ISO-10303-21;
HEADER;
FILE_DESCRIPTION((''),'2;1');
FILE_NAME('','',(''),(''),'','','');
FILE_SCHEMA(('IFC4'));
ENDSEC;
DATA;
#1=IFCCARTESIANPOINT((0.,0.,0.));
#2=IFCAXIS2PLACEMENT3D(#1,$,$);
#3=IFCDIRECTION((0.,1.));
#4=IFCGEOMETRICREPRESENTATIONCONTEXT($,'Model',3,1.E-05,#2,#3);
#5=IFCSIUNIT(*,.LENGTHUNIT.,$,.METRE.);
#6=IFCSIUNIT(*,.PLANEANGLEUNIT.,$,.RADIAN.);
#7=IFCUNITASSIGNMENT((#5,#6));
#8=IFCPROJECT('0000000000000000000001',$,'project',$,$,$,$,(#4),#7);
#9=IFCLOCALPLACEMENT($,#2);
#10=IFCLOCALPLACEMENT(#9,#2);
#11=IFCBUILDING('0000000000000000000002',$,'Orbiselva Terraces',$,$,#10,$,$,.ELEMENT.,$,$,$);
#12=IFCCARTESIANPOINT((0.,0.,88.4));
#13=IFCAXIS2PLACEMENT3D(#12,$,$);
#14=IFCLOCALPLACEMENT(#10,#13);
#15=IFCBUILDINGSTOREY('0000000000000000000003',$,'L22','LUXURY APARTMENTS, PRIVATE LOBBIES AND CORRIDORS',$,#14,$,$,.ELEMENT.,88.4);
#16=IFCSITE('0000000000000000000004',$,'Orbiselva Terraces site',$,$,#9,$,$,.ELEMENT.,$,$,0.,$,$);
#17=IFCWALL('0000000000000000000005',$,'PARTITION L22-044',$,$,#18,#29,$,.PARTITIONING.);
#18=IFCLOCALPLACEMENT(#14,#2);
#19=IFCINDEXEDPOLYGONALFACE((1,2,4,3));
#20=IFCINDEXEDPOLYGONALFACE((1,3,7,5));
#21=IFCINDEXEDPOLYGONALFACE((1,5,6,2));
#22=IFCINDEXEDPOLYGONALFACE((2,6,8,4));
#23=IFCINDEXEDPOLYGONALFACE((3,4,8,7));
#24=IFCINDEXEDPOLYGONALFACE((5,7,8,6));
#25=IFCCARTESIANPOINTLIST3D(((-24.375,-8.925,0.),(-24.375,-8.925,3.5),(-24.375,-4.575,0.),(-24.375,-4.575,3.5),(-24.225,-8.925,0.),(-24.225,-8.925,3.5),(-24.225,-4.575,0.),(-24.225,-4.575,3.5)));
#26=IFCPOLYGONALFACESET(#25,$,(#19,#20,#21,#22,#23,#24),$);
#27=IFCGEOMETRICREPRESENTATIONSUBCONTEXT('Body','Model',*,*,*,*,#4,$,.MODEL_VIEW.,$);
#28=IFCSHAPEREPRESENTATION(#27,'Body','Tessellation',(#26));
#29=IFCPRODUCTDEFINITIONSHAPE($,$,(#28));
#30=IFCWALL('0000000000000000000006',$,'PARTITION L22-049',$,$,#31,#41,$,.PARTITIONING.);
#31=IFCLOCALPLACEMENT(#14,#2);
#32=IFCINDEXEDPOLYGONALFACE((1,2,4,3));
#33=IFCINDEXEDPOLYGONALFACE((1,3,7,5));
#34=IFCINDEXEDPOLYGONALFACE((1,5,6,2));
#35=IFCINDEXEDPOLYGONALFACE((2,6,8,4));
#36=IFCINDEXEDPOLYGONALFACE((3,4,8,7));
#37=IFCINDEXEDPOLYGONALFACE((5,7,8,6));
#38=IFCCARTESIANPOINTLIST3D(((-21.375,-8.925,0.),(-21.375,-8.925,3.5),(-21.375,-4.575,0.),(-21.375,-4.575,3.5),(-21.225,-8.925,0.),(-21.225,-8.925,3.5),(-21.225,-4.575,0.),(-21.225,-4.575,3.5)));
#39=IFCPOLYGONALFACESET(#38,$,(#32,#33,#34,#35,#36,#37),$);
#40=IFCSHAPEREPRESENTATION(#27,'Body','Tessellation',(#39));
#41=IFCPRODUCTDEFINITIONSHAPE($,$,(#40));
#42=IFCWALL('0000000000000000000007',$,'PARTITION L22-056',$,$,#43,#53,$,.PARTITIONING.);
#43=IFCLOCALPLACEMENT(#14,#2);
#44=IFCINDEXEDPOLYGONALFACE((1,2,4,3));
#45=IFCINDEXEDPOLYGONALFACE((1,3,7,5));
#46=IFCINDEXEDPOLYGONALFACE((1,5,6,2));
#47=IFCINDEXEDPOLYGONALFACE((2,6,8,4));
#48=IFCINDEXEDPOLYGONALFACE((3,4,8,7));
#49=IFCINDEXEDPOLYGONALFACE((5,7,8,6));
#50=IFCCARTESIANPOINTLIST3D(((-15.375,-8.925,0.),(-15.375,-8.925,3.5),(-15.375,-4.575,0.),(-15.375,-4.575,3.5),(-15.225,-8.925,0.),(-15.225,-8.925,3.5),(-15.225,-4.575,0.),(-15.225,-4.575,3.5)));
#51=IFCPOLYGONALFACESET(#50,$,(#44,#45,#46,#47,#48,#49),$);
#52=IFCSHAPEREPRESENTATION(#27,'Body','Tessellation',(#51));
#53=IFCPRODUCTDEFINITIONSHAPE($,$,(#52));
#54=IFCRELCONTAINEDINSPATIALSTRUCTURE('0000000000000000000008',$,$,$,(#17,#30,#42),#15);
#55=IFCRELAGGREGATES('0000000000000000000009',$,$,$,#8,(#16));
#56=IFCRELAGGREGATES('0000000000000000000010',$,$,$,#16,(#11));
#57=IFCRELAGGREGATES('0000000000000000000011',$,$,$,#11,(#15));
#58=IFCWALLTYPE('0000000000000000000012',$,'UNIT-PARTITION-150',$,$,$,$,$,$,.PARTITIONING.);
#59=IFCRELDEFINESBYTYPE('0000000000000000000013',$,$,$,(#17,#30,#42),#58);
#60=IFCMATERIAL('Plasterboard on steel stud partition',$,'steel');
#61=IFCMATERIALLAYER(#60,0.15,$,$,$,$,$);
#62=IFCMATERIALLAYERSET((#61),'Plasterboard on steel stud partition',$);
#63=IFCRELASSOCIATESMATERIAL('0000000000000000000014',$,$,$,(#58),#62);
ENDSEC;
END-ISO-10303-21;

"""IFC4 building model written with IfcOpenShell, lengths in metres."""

from ifc_helpers import new_model, si_unit, direction, frame, frame_2d, origin, place, context, subcontext, project, spatial, rectangle, extrude, material, layer, layer_set, type_object, element, save


model = new_model("IFC4")

# Units and contexts
model_context = context("Model", 3, precision=1e-05, world=origin(), true_north=direction((0.0, 1.0)))
body_context = subcontext(model_context, "Body", "Model", "MODEL_VIEW")
ifc_project = project(units=[si_unit("LENGTHUNIT", "METRE"), si_unit("PLANEANGLEUNIT", "RADIAN")], contexts=[model_context])

# Site, building, storey
site_placement = place(None, origin())
site = spatial("IfcSite", under=ifc_project, at=site_placement, Name="Orbiselva Terraces site", CompositionType="ELEMENT", RefElevation=0.0)
building_placement = place(site_placement, origin())
building = spatial("IfcBuilding", under=site, at=building_placement, Name="Orbiselva Terraces", CompositionType="ELEMENT")
storey_placement = place(building_placement, frame((0.0, 0.0, 88.4)))
storey = spatial("IfcBuildingStorey", under=building, at=storey_placement, Name="L22", Description="LUXURY APARTMENTS, PRIVATE LOBBIES AND CORRIDORS", CompositionType="ELEMENT", Elevation=88.4)

# Shared definitions
ifc_material_1 = material(Name="Plasterboard on steel stud partition", Category="steel")
ifc_layer_1 = layer(ifc_material_1, 0.15)
ifc_layer_set_1 = layer_set([ifc_layer_1], Name="Plasterboard on steel stud partition")
wall_type_1 = type_object("IfcWallType", Name="UNIT-PARTITION-150", PredefinedType="PARTITIONING", material=ifc_layer_set_1)

# Walls
for number, where, z_axis, x_axis, name in (
    (1, (-24.3, -8.925, 0.0), (0.0, 0.0, 1.0), (0.0, 1.0, 0.0), "PARTITION L22-044"),
    (2, (-21.3, -8.925, 0.0), (0.0, 0.0, 1.0), (0.0, 1.0, 0.0), "PARTITION L22-049"),
    (3, (-15.3, -8.925, 0.0), (0.0, 0.0, 1.0), (0.0, 1.0, 0.0), "PARTITION L22-056"),
):
    element("IfcWall", number, at=place(storey_placement, frame(where, z_axis=z_axis, x_axis=x_axis)), inside=storey, type_object=wall_type_1, Name=name, PredefinedType="PARTITIONING", context=body_context, shape_type="SweptSolid", body=[
        extrude(rectangle(XDim=4.35, YDim=0.15, at=frame_2d((2.175, 0.0))), origin(), (0.0, 0.0, 1.0), 3.5),
    ])

save(model, "model.ifc")
